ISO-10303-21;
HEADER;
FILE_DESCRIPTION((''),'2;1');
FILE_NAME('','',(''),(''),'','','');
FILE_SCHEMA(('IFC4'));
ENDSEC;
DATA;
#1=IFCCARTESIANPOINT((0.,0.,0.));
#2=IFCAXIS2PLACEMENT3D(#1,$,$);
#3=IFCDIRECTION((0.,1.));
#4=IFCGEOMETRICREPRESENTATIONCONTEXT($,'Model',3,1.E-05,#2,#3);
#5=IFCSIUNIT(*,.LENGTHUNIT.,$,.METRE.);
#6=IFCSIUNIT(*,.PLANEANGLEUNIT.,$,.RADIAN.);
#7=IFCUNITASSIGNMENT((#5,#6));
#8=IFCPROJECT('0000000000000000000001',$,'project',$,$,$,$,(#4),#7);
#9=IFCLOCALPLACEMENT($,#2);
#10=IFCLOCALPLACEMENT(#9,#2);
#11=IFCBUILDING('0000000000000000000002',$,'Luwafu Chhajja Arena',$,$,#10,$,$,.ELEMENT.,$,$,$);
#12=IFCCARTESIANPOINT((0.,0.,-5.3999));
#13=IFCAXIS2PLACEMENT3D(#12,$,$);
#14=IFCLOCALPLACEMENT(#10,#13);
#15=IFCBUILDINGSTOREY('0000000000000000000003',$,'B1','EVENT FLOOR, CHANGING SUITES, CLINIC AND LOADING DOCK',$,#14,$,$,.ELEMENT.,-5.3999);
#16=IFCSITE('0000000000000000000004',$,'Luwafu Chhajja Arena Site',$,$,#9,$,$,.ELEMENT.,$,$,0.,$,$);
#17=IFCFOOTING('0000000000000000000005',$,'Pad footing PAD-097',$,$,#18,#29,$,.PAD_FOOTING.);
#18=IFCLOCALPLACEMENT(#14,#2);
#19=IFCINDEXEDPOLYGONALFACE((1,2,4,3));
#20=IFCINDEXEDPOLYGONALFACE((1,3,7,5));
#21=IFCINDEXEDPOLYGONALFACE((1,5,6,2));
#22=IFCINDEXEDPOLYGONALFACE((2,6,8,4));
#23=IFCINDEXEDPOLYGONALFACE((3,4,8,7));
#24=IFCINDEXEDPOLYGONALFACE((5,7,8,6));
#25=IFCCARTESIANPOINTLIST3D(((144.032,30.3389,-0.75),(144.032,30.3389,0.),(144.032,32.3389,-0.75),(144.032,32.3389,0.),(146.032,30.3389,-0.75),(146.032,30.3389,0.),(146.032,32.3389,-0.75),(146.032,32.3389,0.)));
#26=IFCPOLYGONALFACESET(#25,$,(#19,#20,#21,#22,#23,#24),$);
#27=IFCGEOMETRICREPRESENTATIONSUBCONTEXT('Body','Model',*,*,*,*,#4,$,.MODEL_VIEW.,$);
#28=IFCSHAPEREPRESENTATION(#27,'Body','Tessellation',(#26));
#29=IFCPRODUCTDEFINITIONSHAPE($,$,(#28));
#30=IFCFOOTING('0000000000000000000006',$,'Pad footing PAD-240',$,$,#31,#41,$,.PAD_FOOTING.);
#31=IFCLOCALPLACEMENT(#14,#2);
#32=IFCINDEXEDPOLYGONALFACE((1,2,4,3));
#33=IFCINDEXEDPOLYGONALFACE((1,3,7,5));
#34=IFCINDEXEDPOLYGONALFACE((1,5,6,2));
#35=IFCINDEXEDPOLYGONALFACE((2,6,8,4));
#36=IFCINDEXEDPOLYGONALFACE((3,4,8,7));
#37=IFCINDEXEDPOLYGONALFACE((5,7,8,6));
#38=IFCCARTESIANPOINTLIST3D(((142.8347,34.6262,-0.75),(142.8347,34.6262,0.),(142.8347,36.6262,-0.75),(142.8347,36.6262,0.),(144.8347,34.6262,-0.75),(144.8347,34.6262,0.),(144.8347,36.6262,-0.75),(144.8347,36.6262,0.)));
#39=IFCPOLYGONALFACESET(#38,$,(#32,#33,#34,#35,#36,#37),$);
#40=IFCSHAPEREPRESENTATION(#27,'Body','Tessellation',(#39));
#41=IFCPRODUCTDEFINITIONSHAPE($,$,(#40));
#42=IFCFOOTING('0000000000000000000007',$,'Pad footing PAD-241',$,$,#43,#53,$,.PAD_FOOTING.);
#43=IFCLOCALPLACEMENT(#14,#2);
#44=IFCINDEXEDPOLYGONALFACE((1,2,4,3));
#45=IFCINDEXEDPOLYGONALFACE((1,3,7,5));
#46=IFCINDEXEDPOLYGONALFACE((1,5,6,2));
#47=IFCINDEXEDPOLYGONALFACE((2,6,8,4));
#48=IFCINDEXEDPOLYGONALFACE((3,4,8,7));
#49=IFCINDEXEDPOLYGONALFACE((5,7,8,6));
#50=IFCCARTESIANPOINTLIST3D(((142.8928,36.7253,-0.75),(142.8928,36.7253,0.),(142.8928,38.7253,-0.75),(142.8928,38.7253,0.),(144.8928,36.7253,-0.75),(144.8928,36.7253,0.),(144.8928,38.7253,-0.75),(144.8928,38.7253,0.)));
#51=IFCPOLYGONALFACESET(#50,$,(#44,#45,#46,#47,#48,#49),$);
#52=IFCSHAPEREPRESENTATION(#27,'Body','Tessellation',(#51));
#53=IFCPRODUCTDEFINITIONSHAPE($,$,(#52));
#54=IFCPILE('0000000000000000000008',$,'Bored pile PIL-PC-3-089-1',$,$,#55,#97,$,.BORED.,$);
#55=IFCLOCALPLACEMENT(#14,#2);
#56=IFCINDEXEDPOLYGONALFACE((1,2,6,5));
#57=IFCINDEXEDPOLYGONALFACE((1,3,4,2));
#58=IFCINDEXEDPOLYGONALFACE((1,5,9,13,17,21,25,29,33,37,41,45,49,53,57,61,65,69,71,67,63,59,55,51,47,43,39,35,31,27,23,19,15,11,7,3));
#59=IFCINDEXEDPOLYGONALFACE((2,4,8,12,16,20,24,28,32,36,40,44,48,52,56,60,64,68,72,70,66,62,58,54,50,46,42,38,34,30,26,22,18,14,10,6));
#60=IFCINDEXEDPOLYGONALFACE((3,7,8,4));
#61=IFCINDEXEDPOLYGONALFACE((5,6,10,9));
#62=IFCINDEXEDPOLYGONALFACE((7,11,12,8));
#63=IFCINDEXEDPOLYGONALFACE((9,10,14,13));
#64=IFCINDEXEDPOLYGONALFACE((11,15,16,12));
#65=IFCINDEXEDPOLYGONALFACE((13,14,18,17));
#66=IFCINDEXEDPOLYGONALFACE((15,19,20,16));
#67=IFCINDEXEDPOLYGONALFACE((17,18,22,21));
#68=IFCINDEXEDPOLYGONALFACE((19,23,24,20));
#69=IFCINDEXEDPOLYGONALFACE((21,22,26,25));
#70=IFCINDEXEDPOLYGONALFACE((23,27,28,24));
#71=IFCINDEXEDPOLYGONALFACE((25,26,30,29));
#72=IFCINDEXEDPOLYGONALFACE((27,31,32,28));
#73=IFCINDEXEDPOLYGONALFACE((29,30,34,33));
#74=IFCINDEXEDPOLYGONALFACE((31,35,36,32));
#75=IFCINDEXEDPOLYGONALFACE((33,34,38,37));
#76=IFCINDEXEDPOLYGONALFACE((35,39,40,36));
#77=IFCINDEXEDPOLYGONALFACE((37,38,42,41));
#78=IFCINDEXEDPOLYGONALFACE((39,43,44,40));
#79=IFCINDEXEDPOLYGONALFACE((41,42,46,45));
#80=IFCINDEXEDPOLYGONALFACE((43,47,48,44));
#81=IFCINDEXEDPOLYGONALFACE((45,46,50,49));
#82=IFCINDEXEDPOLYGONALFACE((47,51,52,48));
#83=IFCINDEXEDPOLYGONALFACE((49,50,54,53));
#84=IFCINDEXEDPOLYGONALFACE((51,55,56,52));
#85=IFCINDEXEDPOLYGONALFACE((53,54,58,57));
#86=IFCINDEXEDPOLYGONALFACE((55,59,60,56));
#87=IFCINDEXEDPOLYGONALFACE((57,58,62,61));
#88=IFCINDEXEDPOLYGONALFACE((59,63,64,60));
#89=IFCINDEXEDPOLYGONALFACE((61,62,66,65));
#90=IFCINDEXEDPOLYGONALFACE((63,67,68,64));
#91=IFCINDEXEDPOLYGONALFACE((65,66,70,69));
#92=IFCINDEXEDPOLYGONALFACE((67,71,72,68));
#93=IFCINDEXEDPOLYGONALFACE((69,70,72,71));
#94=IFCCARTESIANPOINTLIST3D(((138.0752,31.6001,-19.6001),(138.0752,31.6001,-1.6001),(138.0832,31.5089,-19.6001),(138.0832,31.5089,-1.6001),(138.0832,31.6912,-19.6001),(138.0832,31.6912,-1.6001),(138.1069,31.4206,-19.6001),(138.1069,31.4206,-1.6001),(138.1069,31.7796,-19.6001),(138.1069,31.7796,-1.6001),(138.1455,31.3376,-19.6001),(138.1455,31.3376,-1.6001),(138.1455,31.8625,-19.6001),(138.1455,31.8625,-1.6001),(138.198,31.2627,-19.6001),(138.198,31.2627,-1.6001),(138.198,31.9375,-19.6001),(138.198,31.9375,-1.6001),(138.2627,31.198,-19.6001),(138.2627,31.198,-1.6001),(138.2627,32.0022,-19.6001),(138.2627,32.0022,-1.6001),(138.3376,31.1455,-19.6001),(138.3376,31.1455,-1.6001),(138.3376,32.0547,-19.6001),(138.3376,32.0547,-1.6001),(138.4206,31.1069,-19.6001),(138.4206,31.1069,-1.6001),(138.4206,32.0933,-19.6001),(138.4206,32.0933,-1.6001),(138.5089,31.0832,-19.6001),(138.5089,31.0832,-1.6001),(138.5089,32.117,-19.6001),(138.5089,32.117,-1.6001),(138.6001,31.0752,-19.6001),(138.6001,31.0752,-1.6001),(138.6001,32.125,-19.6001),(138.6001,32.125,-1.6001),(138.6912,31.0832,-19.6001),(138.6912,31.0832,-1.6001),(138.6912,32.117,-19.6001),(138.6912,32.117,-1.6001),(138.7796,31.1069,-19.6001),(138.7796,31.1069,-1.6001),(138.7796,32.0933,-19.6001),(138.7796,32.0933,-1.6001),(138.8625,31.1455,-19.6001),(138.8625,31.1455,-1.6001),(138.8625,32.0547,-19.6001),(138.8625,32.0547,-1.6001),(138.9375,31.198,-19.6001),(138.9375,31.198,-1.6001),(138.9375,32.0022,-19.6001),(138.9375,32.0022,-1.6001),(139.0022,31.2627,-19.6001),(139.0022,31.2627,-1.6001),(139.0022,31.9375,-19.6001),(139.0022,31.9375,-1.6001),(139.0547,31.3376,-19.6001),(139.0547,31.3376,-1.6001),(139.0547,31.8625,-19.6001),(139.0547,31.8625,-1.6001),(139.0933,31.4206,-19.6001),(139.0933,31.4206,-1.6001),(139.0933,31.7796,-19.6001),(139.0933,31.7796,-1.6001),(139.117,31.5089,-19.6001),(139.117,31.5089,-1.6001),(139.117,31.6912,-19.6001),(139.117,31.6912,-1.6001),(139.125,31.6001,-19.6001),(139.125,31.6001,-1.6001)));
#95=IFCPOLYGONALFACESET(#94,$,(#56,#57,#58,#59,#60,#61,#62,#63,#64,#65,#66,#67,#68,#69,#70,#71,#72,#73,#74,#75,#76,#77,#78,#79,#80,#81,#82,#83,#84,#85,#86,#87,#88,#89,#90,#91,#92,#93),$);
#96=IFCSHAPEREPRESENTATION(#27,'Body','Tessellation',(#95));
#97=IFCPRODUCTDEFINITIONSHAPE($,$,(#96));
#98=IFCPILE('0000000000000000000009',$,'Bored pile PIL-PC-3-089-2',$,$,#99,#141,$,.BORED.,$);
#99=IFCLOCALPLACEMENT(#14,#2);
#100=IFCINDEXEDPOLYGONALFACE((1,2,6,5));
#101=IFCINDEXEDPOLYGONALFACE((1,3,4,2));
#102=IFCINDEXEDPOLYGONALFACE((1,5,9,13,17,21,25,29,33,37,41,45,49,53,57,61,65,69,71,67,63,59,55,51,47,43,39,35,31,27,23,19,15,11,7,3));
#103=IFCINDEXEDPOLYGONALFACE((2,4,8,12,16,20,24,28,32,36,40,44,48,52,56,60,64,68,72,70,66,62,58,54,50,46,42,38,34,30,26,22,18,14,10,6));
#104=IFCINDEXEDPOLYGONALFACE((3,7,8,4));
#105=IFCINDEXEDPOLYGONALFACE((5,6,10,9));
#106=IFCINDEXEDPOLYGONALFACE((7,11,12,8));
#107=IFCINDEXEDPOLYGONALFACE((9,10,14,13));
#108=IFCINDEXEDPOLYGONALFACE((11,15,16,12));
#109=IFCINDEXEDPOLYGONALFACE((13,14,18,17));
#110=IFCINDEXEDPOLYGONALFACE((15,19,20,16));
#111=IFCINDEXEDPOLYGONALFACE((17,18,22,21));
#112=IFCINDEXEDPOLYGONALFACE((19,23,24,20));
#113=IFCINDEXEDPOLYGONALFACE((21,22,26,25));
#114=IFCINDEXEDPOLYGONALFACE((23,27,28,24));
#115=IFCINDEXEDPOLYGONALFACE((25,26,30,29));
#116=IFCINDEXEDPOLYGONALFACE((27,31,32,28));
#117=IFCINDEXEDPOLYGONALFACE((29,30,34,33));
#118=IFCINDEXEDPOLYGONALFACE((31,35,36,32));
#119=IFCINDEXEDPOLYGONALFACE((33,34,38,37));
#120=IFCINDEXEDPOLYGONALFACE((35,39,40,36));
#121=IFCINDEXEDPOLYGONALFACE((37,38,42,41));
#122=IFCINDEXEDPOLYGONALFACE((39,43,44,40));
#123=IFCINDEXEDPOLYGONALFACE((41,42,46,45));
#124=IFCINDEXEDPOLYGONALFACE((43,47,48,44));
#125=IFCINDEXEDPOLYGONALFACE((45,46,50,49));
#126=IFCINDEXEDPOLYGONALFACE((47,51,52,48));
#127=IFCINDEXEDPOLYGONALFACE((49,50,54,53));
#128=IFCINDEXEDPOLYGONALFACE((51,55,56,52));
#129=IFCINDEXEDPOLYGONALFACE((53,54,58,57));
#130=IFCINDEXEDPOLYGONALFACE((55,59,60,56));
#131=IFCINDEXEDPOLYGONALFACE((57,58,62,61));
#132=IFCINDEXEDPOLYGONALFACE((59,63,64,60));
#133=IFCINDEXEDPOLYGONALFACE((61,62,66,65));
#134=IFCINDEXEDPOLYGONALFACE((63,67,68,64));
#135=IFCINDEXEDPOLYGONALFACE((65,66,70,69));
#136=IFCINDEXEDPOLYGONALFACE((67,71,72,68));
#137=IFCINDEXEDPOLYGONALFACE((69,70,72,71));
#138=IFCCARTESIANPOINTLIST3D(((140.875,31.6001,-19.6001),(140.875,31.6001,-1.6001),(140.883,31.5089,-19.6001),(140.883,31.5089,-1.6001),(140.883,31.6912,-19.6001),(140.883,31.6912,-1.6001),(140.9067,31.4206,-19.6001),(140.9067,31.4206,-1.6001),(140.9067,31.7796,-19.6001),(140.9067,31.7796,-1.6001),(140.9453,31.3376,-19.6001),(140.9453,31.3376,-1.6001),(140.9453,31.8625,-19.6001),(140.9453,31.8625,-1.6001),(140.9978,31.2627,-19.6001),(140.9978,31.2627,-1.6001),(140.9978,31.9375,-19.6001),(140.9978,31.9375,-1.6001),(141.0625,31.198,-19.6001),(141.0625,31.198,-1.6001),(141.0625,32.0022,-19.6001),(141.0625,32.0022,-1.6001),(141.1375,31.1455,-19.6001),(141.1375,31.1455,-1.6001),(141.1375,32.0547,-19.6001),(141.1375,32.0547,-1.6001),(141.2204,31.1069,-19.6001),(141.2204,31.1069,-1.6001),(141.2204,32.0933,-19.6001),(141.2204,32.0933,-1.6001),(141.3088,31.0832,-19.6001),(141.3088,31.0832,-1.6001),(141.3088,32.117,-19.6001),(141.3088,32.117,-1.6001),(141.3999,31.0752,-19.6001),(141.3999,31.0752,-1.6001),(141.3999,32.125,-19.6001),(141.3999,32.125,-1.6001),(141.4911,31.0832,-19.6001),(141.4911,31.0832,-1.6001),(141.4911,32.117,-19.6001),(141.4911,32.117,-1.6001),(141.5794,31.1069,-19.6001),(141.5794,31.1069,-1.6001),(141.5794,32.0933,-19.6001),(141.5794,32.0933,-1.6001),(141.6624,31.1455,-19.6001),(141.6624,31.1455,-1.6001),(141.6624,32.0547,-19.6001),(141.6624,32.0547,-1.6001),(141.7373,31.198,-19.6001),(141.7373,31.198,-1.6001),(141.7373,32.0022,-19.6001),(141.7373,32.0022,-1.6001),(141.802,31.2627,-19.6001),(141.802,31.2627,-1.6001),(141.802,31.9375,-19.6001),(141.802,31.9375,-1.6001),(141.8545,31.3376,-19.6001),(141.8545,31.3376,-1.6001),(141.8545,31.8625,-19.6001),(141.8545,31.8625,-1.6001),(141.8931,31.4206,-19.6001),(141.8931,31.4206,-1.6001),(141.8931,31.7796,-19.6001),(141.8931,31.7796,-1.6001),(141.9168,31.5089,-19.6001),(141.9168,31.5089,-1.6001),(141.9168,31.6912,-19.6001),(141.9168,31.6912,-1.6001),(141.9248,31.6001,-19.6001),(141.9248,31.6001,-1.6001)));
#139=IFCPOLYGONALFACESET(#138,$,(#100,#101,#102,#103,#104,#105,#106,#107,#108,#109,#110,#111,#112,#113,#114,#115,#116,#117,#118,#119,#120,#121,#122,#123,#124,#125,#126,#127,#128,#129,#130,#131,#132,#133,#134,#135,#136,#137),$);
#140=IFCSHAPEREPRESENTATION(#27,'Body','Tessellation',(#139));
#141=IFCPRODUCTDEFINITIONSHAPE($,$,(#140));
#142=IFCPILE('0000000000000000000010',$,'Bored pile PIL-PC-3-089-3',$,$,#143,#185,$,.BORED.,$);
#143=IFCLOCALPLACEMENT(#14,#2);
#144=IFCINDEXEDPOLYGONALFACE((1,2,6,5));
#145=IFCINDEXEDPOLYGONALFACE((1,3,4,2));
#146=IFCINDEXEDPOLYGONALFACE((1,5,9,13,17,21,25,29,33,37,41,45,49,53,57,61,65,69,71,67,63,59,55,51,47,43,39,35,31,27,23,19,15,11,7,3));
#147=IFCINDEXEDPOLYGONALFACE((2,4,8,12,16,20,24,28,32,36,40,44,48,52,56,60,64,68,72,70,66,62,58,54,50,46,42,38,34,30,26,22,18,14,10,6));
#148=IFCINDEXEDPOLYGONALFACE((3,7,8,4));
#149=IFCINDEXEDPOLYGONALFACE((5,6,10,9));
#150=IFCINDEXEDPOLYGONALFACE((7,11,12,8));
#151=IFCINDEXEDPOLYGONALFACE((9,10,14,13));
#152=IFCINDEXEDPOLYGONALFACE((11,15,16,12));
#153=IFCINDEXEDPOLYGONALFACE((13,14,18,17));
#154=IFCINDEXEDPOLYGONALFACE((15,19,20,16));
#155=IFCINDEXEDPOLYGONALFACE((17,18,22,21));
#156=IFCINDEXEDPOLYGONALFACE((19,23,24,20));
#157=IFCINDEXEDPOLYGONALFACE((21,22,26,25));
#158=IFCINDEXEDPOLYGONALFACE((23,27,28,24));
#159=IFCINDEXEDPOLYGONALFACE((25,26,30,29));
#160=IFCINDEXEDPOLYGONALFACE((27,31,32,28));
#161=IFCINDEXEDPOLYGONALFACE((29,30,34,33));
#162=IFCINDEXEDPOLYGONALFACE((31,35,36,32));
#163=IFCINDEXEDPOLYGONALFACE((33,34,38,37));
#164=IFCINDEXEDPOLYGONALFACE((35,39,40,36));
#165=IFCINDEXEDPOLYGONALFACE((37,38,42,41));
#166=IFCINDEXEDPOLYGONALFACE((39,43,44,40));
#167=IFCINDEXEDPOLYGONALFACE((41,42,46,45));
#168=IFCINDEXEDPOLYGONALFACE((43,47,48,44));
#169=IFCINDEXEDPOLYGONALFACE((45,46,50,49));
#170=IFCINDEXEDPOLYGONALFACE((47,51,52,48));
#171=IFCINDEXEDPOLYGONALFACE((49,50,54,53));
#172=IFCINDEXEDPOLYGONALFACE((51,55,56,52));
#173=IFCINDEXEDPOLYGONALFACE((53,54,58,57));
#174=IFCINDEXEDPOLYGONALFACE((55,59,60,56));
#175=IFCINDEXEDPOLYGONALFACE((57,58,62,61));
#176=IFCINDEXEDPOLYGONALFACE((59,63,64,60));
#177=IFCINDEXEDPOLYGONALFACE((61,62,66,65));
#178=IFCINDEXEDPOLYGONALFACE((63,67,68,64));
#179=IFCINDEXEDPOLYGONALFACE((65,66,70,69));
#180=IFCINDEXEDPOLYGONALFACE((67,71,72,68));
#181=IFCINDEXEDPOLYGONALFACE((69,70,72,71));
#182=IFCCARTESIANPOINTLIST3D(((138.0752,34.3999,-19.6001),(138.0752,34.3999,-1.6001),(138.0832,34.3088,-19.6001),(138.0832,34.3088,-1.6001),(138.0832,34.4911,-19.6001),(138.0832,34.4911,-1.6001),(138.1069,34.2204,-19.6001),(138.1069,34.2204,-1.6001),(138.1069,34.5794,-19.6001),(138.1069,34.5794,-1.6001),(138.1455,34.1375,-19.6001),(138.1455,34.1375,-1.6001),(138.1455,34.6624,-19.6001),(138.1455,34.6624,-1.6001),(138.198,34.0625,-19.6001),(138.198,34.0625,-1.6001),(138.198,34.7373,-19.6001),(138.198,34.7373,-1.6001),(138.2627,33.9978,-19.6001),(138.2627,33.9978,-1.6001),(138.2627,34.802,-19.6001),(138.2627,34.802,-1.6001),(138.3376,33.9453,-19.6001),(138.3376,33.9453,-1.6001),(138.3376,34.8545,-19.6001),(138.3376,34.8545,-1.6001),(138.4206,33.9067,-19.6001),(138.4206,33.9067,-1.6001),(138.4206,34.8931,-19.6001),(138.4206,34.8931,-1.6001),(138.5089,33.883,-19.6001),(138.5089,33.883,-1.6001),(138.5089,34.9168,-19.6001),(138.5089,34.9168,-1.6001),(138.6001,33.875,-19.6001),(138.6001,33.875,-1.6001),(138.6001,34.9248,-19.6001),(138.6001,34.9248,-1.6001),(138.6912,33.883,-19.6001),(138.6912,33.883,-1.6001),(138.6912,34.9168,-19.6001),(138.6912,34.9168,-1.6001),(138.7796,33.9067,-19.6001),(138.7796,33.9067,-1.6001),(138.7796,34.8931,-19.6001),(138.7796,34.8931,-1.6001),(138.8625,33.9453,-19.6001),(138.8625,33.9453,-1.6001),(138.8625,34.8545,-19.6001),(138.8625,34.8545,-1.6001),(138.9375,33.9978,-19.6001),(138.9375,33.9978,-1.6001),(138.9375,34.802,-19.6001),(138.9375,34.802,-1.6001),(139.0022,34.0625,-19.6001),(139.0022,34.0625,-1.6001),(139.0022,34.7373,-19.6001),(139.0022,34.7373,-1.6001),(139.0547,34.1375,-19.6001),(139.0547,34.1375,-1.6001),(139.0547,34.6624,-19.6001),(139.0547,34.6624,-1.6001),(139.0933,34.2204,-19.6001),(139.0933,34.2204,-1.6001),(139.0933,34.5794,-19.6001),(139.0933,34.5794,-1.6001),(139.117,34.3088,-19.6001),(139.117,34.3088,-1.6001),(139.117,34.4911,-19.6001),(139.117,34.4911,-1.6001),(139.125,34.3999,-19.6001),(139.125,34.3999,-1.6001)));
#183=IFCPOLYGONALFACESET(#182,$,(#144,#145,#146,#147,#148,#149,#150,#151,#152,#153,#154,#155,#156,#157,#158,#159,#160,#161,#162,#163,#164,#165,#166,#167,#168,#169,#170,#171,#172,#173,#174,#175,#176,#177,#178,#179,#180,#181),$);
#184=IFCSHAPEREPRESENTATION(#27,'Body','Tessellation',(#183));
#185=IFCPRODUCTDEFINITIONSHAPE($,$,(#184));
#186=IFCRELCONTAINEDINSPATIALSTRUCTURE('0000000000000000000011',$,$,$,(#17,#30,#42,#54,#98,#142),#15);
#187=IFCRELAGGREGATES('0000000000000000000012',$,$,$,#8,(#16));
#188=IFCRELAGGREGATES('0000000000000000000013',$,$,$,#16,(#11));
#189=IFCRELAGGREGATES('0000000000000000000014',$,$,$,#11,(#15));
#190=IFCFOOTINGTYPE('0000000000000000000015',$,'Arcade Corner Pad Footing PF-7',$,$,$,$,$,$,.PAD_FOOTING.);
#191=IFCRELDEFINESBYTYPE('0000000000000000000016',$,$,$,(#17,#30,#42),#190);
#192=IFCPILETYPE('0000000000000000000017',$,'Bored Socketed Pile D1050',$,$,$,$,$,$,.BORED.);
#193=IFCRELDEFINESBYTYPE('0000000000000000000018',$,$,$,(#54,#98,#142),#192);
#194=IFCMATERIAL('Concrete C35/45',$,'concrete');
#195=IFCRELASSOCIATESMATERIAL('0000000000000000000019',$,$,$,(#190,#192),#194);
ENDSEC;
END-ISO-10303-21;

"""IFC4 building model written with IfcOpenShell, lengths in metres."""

from ifc_helpers import new_model, si_unit, direction, frame, origin, origin_2d, place, context, subcontext, project, spatial, rectangle, circle, extrude, material, material_profile, profile_set, type_object, element, save


model = new_model("IFC4")

# Units and contexts
model_context = context("Model", 3, precision=1e-05, world=origin(), true_north=direction((0.0, 1.0)))
body_context = subcontext(model_context, "Body", "Model", "MODEL_VIEW")
ifc_project = project(units=[si_unit("LENGTHUNIT", "METRE"), si_unit("PLANEANGLEUNIT", "RADIAN")], contexts=[model_context])

# Site, building, storey
site_placement = place(None, origin())
site = spatial("IfcSite", under=ifc_project, at=site_placement, Name="Luwafu Chhajja Arena Site", CompositionType="ELEMENT", RefElevation=0.0)
building_placement = place(site_placement, origin())
building = spatial("IfcBuilding", under=site, at=building_placement, Name="Luwafu Chhajja Arena", CompositionType="ELEMENT")
storey_placement = place(building_placement, frame((0.0, 0.0, -5.3999)))
storey = spatial("IfcBuildingStorey", under=building, at=storey_placement, Name="B1", Description="EVENT FLOOR, CHANGING SUITES, CLINIC AND LOADING DOCK", CompositionType="ELEMENT", Elevation=-5.3999)

# Footings
ifc_material_1 = material(Name="Concrete C35/45", Category="concrete")
footing_type_1 = type_object("IfcFootingType", Name="Arcade Corner Pad Footing PF-7", PredefinedType="PAD_FOOTING", material=ifc_material_1)
for number, where, z_axis, x_axis, name in (
    (1, (145.032, 31.3389, -0.75), (0.0, 0.0, 1.0), (1.0, 0.0, 0.0), "Pad footing PAD-097"),
    (2, (143.8347, 35.6262, -0.75), (0.0, 0.0, 1.0), (1.0, 0.0, 0.0), "Pad footing PAD-240"),
    (3, (143.8928, 37.7253, -0.75), (0.0, 0.0, 1.0), (1.0, 0.0, 0.0), "Pad footing PAD-241"),
):
    element("IfcFooting", number, at=place(storey_placement, frame(where, z_axis=z_axis, x_axis=x_axis)), inside=storey, type_object=footing_type_1, Name=name, PredefinedType="PAD_FOOTING", context=body_context, shape_type="SweptSolid", body=[
        extrude(rectangle(XDim=2.0, YDim=2.0, at=origin_2d()), origin(), (0.0, 0.0, 1.0), 0.75),
    ])

# Piles
ifc_material_profile_1 = material_profile(ifc_material_1, circle(Radius=0.5249, at=origin_2d()), Name="PILE D1050")
ifc_profile_set_1 = profile_set([ifc_material_profile_1], Name="Concrete C35/45")
pile_type_1 = type_object("IfcPileType", Name="Bored Socketed Pile D1050", PredefinedType="BORED", material=ifc_profile_set_1)
for number, where, z_axis, x_axis, name in (
    (4, (138.6001, 31.6001, -1.6001), (0.0, 0.0, -1.0), (1.0, 0.0, 0.0), "Bored pile PIL-PC-3-089-1"),
    (5, (141.3999, 31.6001, -1.6001), (0.0, 0.0, -1.0), (1.0, 0.0, 0.0), "Bored pile PIL-PC-3-089-2"),
    (6, (138.6001, 34.3999, -1.6001), (0.0, 0.0, -1.0), (1.0, 0.0, 0.0), "Bored pile PIL-PC-3-089-3"),
):
    element("IfcPile", number, at=place(storey_placement, frame(where, z_axis=z_axis, x_axis=x_axis)), inside=storey, type_object=pile_type_1, Name=name, PredefinedType="BORED", context=body_context, shape_type="SweptSolid", body=[
        extrude(circle(Radius=0.5249, at=origin_2d()), origin(), (0.0, 0.0, 1.0), 18.0),
    ])

save(model, "model.ifc")
